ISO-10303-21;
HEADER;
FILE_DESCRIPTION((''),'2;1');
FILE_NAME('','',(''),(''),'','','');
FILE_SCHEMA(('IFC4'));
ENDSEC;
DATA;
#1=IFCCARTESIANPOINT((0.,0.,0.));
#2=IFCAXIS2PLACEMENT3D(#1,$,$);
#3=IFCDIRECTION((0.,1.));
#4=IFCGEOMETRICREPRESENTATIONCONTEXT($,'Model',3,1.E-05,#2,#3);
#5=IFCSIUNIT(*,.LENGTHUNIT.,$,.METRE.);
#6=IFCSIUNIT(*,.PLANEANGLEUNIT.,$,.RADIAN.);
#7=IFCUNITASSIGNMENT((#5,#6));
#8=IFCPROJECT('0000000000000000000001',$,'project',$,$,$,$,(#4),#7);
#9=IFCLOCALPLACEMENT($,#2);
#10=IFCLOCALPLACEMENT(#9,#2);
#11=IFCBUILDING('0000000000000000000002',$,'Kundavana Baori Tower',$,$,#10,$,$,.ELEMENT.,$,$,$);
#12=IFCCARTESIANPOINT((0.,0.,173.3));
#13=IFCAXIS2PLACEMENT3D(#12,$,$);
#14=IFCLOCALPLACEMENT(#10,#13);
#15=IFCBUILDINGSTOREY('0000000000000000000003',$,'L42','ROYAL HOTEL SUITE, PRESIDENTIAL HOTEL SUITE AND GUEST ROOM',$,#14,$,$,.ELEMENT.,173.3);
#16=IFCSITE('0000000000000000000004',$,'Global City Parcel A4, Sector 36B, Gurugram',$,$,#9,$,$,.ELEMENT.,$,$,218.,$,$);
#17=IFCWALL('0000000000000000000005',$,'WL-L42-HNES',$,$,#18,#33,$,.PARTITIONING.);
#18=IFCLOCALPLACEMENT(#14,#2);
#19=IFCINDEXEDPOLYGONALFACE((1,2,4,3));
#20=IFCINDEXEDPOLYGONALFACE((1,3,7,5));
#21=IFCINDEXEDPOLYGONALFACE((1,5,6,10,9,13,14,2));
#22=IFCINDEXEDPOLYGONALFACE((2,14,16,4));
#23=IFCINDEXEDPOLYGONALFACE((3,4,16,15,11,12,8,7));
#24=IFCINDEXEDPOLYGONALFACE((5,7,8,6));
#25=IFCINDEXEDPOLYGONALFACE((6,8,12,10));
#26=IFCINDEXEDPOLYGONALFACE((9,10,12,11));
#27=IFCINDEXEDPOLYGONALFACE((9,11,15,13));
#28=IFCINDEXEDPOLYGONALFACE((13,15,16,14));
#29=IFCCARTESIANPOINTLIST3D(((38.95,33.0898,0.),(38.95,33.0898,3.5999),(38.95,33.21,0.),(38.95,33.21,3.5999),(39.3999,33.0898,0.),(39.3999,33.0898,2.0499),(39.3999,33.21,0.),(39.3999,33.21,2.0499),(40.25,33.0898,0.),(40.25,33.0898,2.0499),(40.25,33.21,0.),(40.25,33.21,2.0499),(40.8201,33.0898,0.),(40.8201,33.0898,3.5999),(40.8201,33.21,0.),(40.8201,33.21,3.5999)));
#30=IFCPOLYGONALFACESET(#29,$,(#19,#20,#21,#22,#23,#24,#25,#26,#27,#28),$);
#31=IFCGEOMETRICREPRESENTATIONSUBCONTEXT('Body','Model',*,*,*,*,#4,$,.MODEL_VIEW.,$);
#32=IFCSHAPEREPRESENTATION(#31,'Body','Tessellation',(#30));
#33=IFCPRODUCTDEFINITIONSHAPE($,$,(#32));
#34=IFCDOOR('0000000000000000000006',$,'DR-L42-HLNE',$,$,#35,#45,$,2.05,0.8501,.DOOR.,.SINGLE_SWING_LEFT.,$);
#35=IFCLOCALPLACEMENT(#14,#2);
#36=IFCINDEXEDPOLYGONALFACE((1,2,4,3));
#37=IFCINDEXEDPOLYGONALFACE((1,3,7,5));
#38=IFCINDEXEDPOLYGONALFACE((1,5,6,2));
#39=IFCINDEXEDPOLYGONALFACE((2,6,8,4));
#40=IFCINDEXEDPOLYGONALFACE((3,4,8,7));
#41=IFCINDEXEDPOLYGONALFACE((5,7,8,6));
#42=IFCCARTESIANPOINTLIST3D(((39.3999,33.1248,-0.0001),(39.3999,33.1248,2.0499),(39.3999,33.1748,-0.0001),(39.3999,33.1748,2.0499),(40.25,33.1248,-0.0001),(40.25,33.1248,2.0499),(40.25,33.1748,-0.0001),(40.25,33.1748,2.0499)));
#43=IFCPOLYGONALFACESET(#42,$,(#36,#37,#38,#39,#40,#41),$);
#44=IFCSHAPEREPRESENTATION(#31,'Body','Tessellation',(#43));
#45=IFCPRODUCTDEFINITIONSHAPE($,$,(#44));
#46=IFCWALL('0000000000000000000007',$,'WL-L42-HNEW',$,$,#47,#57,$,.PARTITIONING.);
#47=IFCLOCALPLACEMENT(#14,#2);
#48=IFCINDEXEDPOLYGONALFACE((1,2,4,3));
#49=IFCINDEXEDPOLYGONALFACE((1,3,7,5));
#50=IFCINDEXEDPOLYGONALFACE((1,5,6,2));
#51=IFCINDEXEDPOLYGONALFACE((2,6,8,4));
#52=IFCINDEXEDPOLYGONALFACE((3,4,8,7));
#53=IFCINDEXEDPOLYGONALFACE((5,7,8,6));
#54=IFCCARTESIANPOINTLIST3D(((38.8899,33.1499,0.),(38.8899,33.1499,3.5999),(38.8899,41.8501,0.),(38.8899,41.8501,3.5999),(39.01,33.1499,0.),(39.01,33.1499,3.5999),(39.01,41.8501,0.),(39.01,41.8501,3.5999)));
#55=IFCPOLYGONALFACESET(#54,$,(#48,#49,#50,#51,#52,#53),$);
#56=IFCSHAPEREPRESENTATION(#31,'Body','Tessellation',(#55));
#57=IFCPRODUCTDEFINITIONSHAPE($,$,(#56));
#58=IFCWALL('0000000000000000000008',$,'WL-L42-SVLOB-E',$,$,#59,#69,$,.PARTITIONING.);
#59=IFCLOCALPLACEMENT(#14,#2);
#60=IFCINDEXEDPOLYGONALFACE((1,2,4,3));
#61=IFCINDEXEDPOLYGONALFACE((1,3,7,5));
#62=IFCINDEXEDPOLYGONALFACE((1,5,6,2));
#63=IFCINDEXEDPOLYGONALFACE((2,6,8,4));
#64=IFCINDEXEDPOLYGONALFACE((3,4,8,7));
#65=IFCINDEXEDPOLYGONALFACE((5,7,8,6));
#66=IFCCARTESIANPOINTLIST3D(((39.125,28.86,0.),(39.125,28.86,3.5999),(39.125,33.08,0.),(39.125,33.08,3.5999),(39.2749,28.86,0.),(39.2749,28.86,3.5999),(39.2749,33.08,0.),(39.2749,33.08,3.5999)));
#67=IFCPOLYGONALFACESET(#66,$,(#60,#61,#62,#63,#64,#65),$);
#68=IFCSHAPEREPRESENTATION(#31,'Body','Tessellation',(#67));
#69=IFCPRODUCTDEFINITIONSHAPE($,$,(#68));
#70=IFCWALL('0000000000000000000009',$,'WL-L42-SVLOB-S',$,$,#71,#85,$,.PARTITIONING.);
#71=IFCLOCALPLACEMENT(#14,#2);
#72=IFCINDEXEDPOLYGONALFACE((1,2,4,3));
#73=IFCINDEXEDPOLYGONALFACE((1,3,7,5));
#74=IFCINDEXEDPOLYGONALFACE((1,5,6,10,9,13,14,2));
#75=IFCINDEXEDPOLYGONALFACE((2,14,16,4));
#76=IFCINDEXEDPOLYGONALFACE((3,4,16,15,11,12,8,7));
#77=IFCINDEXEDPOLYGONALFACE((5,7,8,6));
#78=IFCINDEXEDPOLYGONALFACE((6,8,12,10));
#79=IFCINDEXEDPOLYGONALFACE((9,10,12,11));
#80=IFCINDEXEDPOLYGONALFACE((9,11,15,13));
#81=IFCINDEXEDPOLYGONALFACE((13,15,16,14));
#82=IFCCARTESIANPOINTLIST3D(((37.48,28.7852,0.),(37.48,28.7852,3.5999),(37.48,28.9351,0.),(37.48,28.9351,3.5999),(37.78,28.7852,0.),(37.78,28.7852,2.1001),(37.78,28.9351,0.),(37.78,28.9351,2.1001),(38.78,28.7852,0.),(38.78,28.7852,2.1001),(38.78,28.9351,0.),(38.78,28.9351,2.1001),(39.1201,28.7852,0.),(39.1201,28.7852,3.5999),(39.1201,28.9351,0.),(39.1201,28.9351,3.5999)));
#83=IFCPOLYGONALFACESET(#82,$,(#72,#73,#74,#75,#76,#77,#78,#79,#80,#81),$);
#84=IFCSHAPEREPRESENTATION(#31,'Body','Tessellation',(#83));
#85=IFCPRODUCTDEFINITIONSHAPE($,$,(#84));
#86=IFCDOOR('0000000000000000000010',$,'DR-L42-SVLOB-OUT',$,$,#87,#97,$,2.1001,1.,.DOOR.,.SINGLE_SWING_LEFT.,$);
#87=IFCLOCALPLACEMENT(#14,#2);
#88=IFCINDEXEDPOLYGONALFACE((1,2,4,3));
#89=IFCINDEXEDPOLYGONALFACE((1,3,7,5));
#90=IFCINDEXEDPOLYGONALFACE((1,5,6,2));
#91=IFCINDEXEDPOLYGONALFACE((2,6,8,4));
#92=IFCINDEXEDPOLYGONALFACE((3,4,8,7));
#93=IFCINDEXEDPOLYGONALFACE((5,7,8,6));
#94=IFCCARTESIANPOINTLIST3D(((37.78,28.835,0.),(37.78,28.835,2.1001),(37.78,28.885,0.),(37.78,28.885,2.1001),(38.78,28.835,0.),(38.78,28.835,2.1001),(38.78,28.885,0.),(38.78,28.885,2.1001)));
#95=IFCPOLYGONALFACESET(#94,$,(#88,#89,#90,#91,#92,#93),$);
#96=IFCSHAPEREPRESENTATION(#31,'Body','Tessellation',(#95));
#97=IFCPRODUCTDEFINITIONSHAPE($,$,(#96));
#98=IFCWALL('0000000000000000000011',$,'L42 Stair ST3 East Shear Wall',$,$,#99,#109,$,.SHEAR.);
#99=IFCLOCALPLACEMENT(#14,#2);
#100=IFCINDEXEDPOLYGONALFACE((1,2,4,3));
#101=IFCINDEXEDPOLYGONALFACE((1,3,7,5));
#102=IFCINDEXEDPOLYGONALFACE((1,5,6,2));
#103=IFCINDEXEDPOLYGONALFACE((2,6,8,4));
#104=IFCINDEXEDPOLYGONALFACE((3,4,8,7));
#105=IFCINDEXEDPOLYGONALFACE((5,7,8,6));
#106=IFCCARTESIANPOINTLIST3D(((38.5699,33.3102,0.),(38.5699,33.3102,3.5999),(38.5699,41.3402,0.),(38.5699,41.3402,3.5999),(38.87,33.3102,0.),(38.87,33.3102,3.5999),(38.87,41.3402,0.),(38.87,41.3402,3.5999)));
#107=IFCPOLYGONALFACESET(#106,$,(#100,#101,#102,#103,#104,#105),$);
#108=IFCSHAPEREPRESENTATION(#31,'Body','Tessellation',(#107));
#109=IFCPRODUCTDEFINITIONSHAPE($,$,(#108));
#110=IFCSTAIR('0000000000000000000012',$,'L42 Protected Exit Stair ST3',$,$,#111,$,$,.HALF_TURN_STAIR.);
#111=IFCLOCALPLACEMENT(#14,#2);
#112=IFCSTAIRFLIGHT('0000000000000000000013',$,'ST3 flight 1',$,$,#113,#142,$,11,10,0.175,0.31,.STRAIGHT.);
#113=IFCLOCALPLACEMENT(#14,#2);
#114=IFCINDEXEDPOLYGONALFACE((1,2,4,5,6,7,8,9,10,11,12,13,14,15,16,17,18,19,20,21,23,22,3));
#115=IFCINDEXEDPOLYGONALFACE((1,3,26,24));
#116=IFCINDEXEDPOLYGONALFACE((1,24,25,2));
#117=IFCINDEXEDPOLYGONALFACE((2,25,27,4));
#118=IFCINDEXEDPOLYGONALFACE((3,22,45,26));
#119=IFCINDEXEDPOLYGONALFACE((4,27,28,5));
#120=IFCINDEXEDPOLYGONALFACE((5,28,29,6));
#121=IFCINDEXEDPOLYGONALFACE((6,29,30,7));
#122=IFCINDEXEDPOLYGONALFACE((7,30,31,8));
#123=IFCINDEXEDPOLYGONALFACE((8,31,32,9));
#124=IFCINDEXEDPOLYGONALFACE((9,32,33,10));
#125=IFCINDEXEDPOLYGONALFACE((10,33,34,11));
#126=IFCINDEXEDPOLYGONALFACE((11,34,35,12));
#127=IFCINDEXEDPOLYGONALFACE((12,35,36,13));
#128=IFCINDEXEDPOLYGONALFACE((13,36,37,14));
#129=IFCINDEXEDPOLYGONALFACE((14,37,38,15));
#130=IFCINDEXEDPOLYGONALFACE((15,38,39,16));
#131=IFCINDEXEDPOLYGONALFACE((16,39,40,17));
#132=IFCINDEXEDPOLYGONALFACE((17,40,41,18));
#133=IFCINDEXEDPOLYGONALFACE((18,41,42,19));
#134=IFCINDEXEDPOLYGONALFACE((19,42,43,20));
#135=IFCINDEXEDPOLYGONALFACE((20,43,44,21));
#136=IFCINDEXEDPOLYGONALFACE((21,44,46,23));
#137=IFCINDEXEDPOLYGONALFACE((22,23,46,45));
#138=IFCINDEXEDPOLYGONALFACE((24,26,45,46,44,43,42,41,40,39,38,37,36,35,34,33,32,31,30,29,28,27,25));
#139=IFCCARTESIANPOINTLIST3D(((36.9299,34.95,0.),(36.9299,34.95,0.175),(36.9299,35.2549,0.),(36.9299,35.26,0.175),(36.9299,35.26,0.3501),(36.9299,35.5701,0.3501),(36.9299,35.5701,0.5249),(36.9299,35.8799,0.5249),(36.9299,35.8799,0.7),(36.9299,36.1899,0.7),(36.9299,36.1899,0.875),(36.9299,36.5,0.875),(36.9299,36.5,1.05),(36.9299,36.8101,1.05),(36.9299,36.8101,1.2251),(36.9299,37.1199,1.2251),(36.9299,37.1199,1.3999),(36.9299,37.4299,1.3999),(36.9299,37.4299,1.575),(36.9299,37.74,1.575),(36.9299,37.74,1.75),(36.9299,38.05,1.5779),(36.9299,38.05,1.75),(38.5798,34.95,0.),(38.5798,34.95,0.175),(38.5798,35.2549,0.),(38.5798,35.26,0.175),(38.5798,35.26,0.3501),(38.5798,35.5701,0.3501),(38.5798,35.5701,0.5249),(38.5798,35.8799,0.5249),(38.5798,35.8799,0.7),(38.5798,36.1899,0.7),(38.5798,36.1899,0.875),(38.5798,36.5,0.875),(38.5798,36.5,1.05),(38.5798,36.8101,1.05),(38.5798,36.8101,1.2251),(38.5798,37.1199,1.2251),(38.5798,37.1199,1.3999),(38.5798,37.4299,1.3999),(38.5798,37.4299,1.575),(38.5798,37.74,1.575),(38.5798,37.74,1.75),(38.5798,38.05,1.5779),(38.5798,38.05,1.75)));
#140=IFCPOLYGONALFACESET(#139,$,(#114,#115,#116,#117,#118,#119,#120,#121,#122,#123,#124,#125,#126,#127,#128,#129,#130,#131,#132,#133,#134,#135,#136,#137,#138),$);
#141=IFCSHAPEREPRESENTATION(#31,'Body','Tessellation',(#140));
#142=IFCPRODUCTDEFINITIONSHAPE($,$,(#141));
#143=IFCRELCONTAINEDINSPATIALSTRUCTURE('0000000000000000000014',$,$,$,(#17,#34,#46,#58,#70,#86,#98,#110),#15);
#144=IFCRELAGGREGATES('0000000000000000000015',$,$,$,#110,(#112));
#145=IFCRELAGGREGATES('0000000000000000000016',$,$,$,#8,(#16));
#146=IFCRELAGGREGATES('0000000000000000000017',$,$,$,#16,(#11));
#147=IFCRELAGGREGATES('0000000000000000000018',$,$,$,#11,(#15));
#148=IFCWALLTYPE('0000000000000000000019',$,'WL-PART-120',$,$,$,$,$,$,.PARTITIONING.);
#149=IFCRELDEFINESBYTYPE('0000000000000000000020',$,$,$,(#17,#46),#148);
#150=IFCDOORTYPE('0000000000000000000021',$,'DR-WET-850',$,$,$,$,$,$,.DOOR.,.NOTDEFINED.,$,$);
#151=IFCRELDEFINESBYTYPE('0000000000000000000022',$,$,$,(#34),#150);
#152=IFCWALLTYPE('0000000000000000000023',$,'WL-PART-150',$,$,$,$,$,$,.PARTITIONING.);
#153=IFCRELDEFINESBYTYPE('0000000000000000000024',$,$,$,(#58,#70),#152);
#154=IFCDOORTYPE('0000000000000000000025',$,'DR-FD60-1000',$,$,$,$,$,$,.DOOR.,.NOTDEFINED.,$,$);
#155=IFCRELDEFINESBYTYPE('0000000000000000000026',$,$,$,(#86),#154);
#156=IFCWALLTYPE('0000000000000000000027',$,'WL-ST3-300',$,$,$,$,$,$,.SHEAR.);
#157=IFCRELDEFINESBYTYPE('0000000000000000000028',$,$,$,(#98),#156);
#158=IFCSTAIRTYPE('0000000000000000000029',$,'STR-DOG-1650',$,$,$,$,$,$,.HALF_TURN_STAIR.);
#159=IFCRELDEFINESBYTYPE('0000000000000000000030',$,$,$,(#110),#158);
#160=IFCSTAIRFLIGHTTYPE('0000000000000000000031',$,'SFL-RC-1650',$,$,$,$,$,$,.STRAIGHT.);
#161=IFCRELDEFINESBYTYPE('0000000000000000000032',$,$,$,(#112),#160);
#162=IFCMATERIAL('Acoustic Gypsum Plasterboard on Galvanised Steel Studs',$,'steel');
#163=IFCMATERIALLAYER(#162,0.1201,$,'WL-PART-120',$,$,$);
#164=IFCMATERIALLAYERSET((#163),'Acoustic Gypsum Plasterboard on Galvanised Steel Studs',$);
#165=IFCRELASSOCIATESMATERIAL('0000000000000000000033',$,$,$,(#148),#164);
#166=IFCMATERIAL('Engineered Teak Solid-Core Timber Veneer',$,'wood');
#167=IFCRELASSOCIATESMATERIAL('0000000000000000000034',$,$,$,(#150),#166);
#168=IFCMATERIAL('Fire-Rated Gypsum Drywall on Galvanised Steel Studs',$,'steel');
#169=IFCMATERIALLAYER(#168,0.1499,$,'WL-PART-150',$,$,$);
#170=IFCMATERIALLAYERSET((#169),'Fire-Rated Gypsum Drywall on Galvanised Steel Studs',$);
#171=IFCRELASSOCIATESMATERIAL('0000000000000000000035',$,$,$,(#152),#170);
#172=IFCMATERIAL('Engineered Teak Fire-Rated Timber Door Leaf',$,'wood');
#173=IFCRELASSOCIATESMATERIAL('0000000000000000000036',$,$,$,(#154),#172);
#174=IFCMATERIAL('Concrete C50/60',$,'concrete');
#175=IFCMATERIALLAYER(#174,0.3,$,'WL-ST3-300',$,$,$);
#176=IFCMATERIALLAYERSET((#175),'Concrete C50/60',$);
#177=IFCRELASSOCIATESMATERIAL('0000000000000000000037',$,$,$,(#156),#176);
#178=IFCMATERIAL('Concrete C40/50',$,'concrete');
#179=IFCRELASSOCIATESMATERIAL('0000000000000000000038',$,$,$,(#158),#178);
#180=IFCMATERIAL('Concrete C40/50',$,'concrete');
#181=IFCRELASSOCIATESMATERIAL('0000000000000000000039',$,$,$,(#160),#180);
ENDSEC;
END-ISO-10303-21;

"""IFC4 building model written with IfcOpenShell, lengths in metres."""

from ifc_helpers import new_model, si_unit, direction, frame, frame_2d, origin, place, context, subcontext, project, spatial, polyline, rectangle, outline, extrude, material, layer, layer_set, type_object, element, fill, aggregate, save


model = new_model("IFC4")

# Units and contexts
model_context = context("Model", 3, precision=1e-05, world=origin(), true_north=direction((0.0, 1.0)))
body_context = subcontext(model_context, "Body", "Model", "MODEL_VIEW")
ifc_project = project(units=[si_unit("LENGTHUNIT", "METRE"), si_unit("PLANEANGLEUNIT", "RADIAN")], contexts=[model_context])

# Site, building, storey
site_placement = place(None, origin())
site = spatial("IfcSite", under=ifc_project, at=site_placement, Name="Global City Parcel A4, Sector 36B, Gurugram", CompositionType="ELEMENT", RefElevation=218.0)
building_placement = place(site_placement, origin())
building = spatial("IfcBuilding", under=site, at=building_placement, Name="Kundavana Baori Tower", CompositionType="ELEMENT")
storey_placement = place(building_placement, frame((0.0, 0.0, 173.3)))
storey = spatial("IfcBuildingStorey", under=building, at=storey_placement, Name="L42", Description="ROYAL HOTEL SUITE, PRESIDENTIAL HOTEL SUITE AND GUEST ROOM", CompositionType="ELEMENT", Elevation=173.3)

# Shared definitions
ifc_material_1 = material(Name="Acoustic Gypsum Plasterboard on Galvanised Steel Studs", Category="steel")
ifc_layer_1 = layer(ifc_material_1, 0.1201, Name="WL-PART-120")
ifc_layer_set_1 = layer_set([ifc_layer_1], Name="Acoustic Gypsum Plasterboard on Galvanised Steel Studs")
wall_type_1 = type_object("IfcWallType", Name="WL-PART-120", PredefinedType="PARTITIONING", material=ifc_layer_set_1)

# Wall, opening, door
wall_1_placement = place(storey_placement, frame((38.95, 33.1499, 0.0), z_axis=(0.0, 0.0, 1.0), x_axis=(1.0, 0.0, 0.0)))
wall_1 = element("IfcWall", 1, at=wall_1_placement, inside=storey, type_object=wall_type_1, Name="WL-L42-HNES", PredefinedType="PARTITIONING", context=body_context, shape_type="SweptSolid", body=[
    extrude(rectangle(XDim=1.8701, YDim=0.1201, at=frame_2d((0.9351, 0.0))), origin(), (0.0, 0.0, 1.0), 3.5999),
])
opening_1_placement = place(wall_1_placement, frame((0.45, 0.0, 0.0)))
opening_1 = element("IfcOpeningElement", 2, at=opening_1_placement, cuts=wall_1, PredefinedType="OPENING", context=body_context, shape_type="SweptSolid", body=[
    extrude(rectangle(XDim=0.8501, YDim=2.05, at=frame_2d((0.425, 1.0249))), frame((0.0, 0.0701, 0.0), z_axis=(0.0, -1.0, 0.0), x_axis=(1.0, 0.0, 0.0)), (0.0, 0.0, 1.0), 0.1401),
])
ifc_material_2 = material(Name="Engineered Teak Solid-Core Timber Veneer", Category="wood")
door_type_1 = type_object("IfcDoorType", Name="DR-WET-850", OperationType="NOTDEFINED", PredefinedType="DOOR", material=ifc_material_2)
door_1_placement = place(opening_1_placement, origin())
door_1 = element("IfcDoor", 3, at=door_1_placement, inside=storey, type_object=door_type_1, Name="DR-L42-HLNE", OperationType="SINGLE_SWING_LEFT", OverallHeight=2.05, OverallWidth=0.8501, PredefinedType="DOOR", context=body_context, shape_type="SweptSolid", body=[
    extrude(rectangle(XDim=0.8501, YDim=2.05, at=frame_2d((0.425, 1.0249))), frame((0.0, 0.0249, 0.0), z_axis=(0.0, -1.0, 0.0), x_axis=(1.0, 0.0, 0.0)), (0.0, 0.0, 1.0), 0.05),
])
fill(opening_1, door_1)

# Walls
wall_2_placement = place(storey_placement, frame((38.95, 33.1499, 0.0), z_axis=(0.0, 0.0, 1.0), x_axis=(0.0, 1.0, 0.0)))
element("IfcWall", 4, at=wall_2_placement, inside=storey, type_object=wall_type_1, Name="WL-L42-HNEW", PredefinedType="PARTITIONING", context=body_context, shape_type="SweptSolid", body=[
    extrude(rectangle(XDim=8.7002, YDim=0.1201, at=frame_2d((4.3501, 0.0))), origin(), (0.0, 0.0, 1.0), 3.5999),
])
ifc_material_3 = material(Name="Fire-Rated Gypsum Drywall on Galvanised Steel Studs", Category="steel")
ifc_layer_2 = layer(ifc_material_3, 0.1499, Name="WL-PART-150")
ifc_layer_set_2 = layer_set([ifc_layer_2], Name="Fire-Rated Gypsum Drywall on Galvanised Steel Studs")
wall_type_2 = type_object("IfcWallType", Name="WL-PART-150", PredefinedType="PARTITIONING", material=ifc_layer_set_2)
wall_3_placement = place(storey_placement, frame((39.2, 28.8601, 0.0), z_axis=(0.0, 0.0, 1.0), x_axis=(0.0, 1.0, 0.0)))
element("IfcWall", 5, at=wall_3_placement, inside=storey, type_object=wall_type_2, Name="WL-L42-SVLOB-E", PredefinedType="PARTITIONING", context=body_context, shape_type="SweptSolid", body=[
    extrude(rectangle(XDim=4.22, YDim=0.1499, at=frame_2d((2.1099, 0.0))), origin(), (0.0, 0.0, 1.0), 3.5999),
])

# Wall, opening, door
wall_4_placement = place(storey_placement, frame((37.48, 28.8601, 0.0), z_axis=(0.0, 0.0, 1.0), x_axis=(1.0, 0.0, 0.0)))
wall_4 = element("IfcWall", 6, at=wall_4_placement, inside=storey, type_object=wall_type_2, Name="WL-L42-SVLOB-S", PredefinedType="PARTITIONING", context=body_context, shape_type="SweptSolid", body=[
    extrude(rectangle(XDim=1.6401, YDim=0.1499, at=frame_2d((0.8201, 0.0))), origin(), (0.0, 0.0, 1.0), 3.5999),
])
opening_2_placement = place(wall_4_placement, frame((0.3, 0.0, 0.0)))
opening_2 = element("IfcOpeningElement", 7, at=opening_2_placement, cuts=wall_4, PredefinedType="OPENING", context=body_context, shape_type="SweptSolid", body=[
    extrude(rectangle(XDim=1.0, YDim=2.1001, at=frame_2d((0.5, 1.05))), frame((0.0, 0.085, 0.0), z_axis=(0.0, -1.0, 0.0), x_axis=(1.0, 0.0, 0.0)), (0.0, 0.0, 1.0), 0.1699),
])
ifc_material_4 = material(Name="Engineered Teak Fire-Rated Timber Door Leaf", Category="wood")
door_type_2 = type_object("IfcDoorType", Name="DR-FD60-1000", OperationType="NOTDEFINED", PredefinedType="DOOR", material=ifc_material_4)
door_2_placement = place(opening_2_placement, origin())
door_2 = element("IfcDoor", 8, at=door_2_placement, inside=storey, type_object=door_type_2, Name="DR-L42-SVLOB-OUT", OperationType="SINGLE_SWING_LEFT", OverallHeight=2.1001, OverallWidth=1.0, PredefinedType="DOOR", context=body_context, shape_type="SweptSolid", body=[
    extrude(rectangle(XDim=1.0, YDim=2.1001, at=frame_2d((0.5, 1.05))), frame((0.0, 0.0249, 0.0), z_axis=(0.0, -1.0, 0.0), x_axis=(1.0, 0.0, 0.0)), (0.0, 0.0, 1.0), 0.05),
])
fill(opening_2, door_2)

# Wall
ifc_material_5 = material(Name="Concrete C50/60", Category="concrete")
ifc_layer_3 = layer(ifc_material_5, 0.3, Name="WL-ST3-300")
ifc_layer_set_3 = layer_set([ifc_layer_3], Name="Concrete C50/60")
wall_type_3 = type_object("IfcWallType", Name="WL-ST3-300", PredefinedType="SHEAR", material=ifc_layer_set_3)
wall_5_placement = place(storey_placement, frame((38.72, 33.3101, 0.0), z_axis=(0.0, 0.0, 1.0), x_axis=(0.0, 1.0, 0.0)))
element("IfcWall", 9, at=wall_5_placement, inside=storey, type_object=wall_type_3, Name="L42 Stair ST3 East Shear Wall", PredefinedType="SHEAR", context=body_context, shape_type="SweptSolid", body=[
    extrude(rectangle(XDim=8.03, YDim=0.3, at=frame_2d((4.0151, 0.0))), origin(), (0.0, 0.0, 1.0), 3.5999),
])

# Stair, stair flight
ifc_material_6 = material(Name="Concrete C40/50", Category="concrete")
stair_type = type_object("IfcStairType", Name="STR-DOG-1650", PredefinedType="HALF_TURN_STAIR", material=ifc_material_6)
stair_placement = place(storey_placement, origin())
stair = element("IfcStair", 10, at=stair_placement, inside=storey, type_object=stair_type, Name="L42 Protected Exit Stair ST3", PredefinedType="HALF_TURN_STAIR")
ifc_material_7 = material(Name="Concrete C40/50", Category="concrete")
stair_flight_type = type_object("IfcStairFlightType", Name="SFL-RC-1650", PredefinedType="STRAIGHT", material=ifc_material_7)
stair_flight_placement = place(storey_placement, frame((37.7549, 34.95, 0.0), z_axis=(0.0, 0.0, 1.0), x_axis=(0.0, 1.0, 0.0)))
stair_flight = element("IfcStairFlight", 11, at=stair_flight_placement, type_object=stair_flight_type, Name="ST3 flight 1", NumberOfRisers=11, NumberOfTreads=10, PredefinedType="STRAIGHT", RiserHeight=0.175, TreadLength=0.31, context=body_context, shape_type="SweptSolid", body=[
    extrude(outline(polyline([(0.0, 0.0), (0.0, 0.175), (0.3101, 0.175), (0.3101, 0.3501), (0.6201, 0.3501), (0.6201, 0.5249), (0.9299, 0.5249), (0.9299, 0.7), (1.24, 0.7), (1.24, 0.875), (1.55, 0.875), (1.55, 1.05), (1.8601, 1.05), (1.8601, 1.2251), (2.1699, 1.2251), (2.1699, 1.3999), (2.48, 1.3999), (2.48, 1.575), (2.79, 1.575), (2.79, 1.75), (3.1001, 1.75), (3.1001, 1.925), (3.1001, 1.5779), (0.3049, 0.0), (0.0, 0.0)])), frame((0.0, 0.825, 0.0), z_axis=(0.0, -1.0, 0.0), x_axis=(1.0, 0.0, 0.0)), (0.0, 0.0, 1.0), 1.6499),
])
aggregate(stair, [stair_flight])

save(model, "model.ifc")
